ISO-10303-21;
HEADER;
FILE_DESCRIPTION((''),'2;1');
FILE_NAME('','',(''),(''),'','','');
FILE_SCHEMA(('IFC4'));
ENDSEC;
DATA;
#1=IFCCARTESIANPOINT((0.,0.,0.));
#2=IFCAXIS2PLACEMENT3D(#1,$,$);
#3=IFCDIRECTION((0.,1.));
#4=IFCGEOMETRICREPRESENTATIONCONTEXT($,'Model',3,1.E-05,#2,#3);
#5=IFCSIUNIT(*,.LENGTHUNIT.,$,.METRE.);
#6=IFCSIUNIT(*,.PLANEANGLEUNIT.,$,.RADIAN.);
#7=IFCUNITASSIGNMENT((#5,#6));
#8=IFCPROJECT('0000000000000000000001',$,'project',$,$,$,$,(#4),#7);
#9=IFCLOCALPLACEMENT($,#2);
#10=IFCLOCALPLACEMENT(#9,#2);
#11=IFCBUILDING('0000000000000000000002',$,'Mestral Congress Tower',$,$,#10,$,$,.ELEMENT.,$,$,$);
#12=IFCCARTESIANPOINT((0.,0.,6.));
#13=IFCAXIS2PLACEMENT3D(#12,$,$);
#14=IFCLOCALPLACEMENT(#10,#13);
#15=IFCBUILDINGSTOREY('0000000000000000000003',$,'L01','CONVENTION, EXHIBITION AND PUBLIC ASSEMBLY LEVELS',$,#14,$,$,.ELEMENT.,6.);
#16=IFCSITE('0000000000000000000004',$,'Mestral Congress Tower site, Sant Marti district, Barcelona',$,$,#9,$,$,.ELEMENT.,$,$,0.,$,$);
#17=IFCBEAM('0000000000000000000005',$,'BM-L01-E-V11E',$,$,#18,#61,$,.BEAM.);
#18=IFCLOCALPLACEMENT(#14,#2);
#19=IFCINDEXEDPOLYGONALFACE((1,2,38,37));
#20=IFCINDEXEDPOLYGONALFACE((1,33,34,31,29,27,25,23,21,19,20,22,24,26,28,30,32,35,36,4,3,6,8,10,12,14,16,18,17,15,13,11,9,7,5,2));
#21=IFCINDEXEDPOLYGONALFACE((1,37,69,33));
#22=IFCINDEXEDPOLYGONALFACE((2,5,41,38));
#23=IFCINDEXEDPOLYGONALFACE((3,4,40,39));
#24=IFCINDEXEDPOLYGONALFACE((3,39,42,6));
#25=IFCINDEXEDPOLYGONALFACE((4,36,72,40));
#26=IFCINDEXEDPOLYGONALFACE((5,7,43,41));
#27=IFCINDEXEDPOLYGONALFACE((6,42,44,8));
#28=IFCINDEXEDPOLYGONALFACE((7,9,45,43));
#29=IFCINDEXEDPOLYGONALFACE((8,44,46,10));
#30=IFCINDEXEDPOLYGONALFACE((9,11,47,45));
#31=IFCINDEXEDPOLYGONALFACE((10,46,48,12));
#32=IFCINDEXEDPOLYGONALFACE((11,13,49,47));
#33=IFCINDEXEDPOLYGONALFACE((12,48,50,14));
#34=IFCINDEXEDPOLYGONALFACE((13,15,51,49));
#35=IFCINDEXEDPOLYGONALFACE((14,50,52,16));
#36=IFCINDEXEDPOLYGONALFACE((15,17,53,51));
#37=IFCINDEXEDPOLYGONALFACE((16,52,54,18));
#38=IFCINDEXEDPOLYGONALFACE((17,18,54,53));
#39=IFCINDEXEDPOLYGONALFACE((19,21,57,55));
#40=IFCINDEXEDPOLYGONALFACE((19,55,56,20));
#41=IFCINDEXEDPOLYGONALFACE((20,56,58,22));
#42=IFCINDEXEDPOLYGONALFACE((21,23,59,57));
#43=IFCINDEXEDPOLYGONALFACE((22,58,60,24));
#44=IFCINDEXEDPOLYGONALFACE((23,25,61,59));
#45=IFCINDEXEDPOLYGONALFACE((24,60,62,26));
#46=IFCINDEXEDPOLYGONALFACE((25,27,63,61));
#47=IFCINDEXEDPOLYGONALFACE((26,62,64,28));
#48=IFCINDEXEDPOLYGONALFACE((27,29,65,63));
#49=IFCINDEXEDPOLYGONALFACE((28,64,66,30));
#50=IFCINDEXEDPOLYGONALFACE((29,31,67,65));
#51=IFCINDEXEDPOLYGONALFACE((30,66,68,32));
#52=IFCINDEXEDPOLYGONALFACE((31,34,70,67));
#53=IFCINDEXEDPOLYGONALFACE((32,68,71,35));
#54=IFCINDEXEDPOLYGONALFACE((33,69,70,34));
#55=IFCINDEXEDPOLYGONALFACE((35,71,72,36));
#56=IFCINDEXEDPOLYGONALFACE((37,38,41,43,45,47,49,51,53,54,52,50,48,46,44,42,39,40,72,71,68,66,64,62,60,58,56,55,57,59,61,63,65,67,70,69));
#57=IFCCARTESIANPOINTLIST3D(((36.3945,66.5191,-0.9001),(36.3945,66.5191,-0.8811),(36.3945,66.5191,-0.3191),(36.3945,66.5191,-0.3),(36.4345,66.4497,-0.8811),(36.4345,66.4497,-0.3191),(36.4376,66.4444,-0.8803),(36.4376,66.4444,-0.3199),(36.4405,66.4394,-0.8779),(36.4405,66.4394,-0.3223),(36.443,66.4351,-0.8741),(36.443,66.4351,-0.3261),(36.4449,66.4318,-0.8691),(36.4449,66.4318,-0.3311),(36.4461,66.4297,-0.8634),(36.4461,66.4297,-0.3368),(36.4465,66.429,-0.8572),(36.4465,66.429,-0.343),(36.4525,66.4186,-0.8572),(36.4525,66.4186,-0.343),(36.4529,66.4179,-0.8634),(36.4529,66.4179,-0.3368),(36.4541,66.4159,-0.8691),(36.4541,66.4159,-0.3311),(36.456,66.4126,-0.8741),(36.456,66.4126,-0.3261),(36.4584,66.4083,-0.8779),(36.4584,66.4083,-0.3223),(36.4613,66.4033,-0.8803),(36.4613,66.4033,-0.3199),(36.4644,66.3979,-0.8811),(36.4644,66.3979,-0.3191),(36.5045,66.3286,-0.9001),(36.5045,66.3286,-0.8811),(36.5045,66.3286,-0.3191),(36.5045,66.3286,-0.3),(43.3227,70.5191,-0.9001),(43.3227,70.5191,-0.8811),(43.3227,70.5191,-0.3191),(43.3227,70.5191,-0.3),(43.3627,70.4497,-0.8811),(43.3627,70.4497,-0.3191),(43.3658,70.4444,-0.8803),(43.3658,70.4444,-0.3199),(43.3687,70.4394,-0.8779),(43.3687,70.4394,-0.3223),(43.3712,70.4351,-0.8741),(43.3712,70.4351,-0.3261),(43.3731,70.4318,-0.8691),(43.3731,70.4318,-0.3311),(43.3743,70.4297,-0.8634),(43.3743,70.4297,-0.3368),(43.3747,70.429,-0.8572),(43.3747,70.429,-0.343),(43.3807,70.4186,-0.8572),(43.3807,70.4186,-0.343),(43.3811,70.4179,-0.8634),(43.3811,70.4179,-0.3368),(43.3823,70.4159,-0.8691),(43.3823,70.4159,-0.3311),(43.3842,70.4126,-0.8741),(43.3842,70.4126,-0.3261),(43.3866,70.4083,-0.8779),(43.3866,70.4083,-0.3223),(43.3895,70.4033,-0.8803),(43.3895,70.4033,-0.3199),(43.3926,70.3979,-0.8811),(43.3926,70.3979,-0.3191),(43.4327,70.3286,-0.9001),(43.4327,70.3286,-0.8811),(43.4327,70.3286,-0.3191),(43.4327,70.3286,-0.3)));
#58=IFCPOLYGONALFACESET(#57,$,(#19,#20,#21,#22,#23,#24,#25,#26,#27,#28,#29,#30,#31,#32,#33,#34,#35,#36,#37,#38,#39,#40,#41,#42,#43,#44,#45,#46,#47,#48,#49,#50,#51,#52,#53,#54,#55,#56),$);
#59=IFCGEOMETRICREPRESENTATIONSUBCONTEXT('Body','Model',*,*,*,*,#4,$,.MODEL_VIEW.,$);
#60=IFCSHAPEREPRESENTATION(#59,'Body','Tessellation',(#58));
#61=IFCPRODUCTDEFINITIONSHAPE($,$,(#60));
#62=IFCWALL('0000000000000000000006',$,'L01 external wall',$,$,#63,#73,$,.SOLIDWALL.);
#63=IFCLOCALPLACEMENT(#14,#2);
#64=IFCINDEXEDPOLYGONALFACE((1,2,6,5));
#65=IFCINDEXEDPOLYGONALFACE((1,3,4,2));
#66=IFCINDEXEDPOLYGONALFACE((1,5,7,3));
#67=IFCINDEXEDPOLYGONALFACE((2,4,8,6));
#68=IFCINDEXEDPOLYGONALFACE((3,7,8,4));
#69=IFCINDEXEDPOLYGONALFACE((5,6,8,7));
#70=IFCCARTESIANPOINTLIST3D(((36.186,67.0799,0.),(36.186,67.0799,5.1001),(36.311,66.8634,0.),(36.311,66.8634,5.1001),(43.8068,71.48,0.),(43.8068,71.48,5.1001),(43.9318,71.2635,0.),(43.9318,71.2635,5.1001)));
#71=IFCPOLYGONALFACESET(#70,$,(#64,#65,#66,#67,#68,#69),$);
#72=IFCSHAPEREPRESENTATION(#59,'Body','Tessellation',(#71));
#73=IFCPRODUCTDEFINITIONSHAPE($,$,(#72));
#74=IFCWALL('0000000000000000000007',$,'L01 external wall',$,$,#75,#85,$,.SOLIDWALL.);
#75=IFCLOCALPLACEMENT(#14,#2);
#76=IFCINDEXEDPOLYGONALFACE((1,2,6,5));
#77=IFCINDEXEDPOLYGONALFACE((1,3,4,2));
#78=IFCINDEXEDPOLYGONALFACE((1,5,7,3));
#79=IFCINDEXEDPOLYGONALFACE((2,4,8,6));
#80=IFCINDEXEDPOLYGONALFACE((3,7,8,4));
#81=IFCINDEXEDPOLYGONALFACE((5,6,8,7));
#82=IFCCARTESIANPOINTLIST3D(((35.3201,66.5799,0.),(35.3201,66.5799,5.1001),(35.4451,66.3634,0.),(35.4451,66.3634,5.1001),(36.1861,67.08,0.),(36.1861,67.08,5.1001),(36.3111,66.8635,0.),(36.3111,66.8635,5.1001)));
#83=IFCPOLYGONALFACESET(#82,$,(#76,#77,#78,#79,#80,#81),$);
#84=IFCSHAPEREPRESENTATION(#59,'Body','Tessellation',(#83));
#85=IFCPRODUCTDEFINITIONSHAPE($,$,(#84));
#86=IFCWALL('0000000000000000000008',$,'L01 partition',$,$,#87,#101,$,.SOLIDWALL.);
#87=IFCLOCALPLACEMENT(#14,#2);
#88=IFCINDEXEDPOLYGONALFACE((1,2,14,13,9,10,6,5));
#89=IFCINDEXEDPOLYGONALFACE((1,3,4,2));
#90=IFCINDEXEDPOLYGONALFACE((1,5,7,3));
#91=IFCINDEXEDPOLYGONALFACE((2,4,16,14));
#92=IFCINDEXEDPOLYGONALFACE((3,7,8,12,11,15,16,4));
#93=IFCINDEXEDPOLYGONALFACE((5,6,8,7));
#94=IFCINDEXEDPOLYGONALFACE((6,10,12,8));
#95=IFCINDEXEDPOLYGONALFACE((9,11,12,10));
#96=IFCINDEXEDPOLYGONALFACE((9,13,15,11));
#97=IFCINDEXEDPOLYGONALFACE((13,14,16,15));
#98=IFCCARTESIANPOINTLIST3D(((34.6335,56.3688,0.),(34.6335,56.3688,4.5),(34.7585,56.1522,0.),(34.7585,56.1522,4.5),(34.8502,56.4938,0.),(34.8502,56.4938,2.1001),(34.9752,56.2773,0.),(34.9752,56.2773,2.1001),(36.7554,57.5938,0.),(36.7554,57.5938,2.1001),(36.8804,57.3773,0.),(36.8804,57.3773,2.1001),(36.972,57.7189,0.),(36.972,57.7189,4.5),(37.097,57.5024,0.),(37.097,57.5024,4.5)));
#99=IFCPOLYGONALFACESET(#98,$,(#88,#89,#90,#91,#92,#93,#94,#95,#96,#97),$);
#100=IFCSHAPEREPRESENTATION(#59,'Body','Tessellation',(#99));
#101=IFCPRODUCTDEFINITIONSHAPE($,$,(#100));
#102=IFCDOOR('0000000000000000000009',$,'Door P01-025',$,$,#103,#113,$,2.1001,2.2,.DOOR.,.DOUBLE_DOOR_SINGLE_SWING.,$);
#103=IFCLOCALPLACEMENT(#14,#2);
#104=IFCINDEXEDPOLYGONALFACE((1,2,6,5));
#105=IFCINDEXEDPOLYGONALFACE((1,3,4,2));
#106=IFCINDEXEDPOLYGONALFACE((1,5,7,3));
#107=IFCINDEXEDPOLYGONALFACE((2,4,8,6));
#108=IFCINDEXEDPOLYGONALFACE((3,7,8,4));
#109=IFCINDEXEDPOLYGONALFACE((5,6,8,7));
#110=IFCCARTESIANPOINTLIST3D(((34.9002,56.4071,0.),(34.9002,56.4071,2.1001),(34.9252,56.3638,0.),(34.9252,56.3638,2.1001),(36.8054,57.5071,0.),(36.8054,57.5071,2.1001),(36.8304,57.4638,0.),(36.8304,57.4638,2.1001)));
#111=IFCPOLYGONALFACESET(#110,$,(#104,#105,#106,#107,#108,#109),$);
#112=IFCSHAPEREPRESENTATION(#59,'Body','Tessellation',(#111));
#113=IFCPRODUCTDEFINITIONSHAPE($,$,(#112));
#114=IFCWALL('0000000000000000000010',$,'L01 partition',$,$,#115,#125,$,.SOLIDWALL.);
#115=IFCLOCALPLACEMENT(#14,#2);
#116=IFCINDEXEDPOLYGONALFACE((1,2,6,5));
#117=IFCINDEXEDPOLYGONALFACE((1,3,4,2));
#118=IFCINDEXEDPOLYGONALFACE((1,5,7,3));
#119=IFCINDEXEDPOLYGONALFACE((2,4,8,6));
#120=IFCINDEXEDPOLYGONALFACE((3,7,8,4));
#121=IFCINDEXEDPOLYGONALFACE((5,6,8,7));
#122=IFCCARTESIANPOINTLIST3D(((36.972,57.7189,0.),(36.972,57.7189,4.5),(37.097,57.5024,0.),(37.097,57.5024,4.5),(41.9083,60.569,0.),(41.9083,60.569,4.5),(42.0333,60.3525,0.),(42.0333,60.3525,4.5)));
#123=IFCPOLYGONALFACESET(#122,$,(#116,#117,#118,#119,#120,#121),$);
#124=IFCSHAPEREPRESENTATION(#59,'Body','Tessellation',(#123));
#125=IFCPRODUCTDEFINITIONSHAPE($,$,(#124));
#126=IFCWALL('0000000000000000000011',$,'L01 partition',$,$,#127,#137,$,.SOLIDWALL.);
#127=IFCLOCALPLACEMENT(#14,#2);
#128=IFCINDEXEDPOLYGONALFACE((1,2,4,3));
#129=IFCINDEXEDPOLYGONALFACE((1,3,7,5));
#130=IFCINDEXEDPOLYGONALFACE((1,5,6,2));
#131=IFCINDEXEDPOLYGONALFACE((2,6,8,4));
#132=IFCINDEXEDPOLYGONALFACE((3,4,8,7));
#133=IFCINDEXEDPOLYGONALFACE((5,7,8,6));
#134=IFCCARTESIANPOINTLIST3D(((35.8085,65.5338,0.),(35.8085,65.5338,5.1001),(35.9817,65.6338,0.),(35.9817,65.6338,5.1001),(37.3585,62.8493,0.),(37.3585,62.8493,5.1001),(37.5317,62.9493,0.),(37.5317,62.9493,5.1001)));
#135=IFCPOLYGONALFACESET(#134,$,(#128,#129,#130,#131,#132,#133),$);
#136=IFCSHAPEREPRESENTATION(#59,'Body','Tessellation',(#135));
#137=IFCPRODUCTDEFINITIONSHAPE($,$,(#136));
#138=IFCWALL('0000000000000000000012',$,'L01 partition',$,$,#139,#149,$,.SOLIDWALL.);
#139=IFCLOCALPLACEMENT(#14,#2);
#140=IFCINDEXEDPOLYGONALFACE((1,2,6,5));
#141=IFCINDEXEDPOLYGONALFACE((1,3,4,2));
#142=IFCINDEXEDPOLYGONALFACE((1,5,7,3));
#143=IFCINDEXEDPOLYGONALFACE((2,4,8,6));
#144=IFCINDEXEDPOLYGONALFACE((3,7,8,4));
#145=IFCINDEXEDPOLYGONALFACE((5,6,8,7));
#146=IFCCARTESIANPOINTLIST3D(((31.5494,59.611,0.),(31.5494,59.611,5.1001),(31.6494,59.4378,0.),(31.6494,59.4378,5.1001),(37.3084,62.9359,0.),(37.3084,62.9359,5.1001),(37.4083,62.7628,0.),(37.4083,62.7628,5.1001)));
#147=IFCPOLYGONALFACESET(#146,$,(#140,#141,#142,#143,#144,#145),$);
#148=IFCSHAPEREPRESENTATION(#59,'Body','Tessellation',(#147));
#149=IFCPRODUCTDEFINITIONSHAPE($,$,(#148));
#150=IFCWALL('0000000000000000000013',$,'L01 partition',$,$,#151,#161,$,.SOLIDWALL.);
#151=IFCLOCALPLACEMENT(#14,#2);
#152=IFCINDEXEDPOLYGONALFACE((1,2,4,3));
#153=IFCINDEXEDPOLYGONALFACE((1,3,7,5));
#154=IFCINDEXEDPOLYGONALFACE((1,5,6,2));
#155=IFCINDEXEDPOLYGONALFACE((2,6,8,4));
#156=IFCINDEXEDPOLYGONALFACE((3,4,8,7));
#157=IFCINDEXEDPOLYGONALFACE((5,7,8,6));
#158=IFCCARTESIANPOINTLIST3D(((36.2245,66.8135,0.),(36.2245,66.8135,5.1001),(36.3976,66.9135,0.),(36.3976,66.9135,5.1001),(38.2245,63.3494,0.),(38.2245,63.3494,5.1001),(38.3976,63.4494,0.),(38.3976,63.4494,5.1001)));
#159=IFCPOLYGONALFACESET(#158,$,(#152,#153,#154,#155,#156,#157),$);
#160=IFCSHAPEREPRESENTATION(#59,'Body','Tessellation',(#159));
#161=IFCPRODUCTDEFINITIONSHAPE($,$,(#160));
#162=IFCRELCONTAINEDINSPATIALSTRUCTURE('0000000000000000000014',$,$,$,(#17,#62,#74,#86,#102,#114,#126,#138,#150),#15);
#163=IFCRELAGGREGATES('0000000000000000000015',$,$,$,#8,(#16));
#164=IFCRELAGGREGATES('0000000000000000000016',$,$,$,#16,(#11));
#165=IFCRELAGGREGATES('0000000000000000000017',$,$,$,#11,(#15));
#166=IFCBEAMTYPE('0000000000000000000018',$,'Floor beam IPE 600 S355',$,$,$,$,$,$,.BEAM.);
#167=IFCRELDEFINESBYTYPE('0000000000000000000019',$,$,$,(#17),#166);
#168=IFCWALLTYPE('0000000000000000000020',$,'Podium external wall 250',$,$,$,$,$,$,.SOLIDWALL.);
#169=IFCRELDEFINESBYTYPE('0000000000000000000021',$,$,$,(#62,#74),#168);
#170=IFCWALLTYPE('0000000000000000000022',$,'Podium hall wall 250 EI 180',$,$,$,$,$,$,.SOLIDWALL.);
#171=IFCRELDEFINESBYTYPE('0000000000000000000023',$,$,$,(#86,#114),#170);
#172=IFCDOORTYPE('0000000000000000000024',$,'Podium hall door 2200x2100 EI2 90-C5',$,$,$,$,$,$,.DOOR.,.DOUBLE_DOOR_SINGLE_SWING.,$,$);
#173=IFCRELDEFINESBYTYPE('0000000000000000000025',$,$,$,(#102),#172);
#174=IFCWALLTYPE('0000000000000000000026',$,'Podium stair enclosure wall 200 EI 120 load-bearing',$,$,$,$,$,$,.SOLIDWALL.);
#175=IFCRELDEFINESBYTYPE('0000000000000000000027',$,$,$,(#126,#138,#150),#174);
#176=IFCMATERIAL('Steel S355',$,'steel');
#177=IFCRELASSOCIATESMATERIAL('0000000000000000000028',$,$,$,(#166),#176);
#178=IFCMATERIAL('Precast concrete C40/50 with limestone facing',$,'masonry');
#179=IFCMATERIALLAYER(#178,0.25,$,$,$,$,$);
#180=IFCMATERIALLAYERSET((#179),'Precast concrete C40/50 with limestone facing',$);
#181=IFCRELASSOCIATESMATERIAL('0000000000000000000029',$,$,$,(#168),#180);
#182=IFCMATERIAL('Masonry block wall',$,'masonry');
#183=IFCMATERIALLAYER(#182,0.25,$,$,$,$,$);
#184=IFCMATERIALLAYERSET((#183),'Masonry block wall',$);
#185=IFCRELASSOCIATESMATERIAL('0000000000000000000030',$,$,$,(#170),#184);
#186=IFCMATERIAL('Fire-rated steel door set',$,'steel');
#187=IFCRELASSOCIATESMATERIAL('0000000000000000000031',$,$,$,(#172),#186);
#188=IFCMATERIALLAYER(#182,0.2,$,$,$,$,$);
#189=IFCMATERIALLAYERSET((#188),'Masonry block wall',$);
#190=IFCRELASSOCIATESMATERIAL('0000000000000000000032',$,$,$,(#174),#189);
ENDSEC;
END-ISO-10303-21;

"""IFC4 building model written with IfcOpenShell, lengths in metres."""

from ifc_helpers import new_model, si_unit, direction, frame, frame_2d, origin, origin_2d, place, context, subcontext, project, spatial, rectangle, i_section, extrude, material, layer, layer_set, material_profile, profile_set, type_object, element, fill, save


model = new_model("IFC4")

# Units and contexts
model_context = context("Model", 3, precision=1e-05, world=origin(), true_north=direction((0.0, 1.0)))
body_context = subcontext(model_context, "Body", "Model", "MODEL_VIEW")
ifc_project = project(units=[si_unit("LENGTHUNIT", "METRE"), si_unit("PLANEANGLEUNIT", "RADIAN")], contexts=[model_context])

# Site, building, storey
site_placement = place(None, origin())
site = spatial("IfcSite", under=ifc_project, at=site_placement, Name="Mestral Congress Tower site, Sant Marti district, Barcelona", CompositionType="ELEMENT", RefElevation=0.0)
building_placement = place(site_placement, origin())
building = spatial("IfcBuilding", under=site, at=building_placement, Name="Mestral Congress Tower", CompositionType="ELEMENT")
storey_placement = place(building_placement, frame((0.0, 0.0, 6.0)))
storey = spatial("IfcBuildingStorey", under=building, at=storey_placement, Name="L01", Description="CONVENTION, EXHIBITION AND PUBLIC ASSEMBLY LEVELS", CompositionType="ELEMENT", Elevation=6.0)

# Beam
ifc_material_1 = material(Name="Steel S355", Category="steel")
ifc_material_profile_1 = material_profile(ifc_material_1, i_section(OverallWidth=0.22, OverallDepth=0.6001, WebThickness=0.012, FlangeThickness=0.019, FilletRadius=0.0239, at=origin_2d()), Name="IPE 600")
ifc_profile_set_1 = profile_set([ifc_material_profile_1], Name="Steel S355")
beam_type_1 = type_object("IfcBeamType", Name="Floor beam IPE 600 S355", PredefinedType="BEAM", material=ifc_profile_set_1)
beam_1_placement = place(storey_placement, frame((36.4495, 66.4238, -0.6001), z_axis=(0.866026, 0.499999, 0.0), x_axis=(-0.499999, 0.866026, 0.0)))
element("IfcBeam", 1, at=beam_1_placement, inside=storey, type_object=beam_type_1, Name="BM-L01-E-V11E", PredefinedType="BEAM", context=body_context, shape_type="SweptSolid", body=[
    extrude(i_section(OverallWidth=0.22, OverallDepth=0.6001, WebThickness=0.012, FlangeThickness=0.019, FilletRadius=0.0239, at=origin_2d()), origin(), (0.0, 0.0, 1.0), 8.0),
])

# Walls
ifc_material_2 = material(Name="Precast concrete C40/50 with limestone facing", Category="masonry")
ifc_layer_1 = layer(ifc_material_2, 0.25)
ifc_layer_set_1 = layer_set([ifc_layer_1], Name="Precast concrete C40/50 with limestone facing")
wall_type_1 = type_object("IfcWallType", Name="Podium external wall 250", PredefinedType="SOLIDWALL", material=ifc_layer_set_1)
wall_1_placement = place(storey_placement, frame((36.2485, 66.9717, 0.0), z_axis=(0.0, 0.0, 1.0), x_axis=(0.866013, 0.500021, 0.0)))
element("IfcWall", 2, at=wall_1_placement, inside=storey, type_object=wall_type_1, Name="L01 external wall", PredefinedType="SOLIDWALL", context=body_context, shape_type="SweptSolid", body=[
    extrude(rectangle(XDim=8.7998, YDim=0.25, at=frame_2d((4.3999, 0.0))), origin(), (0.0, 0.0, 1.0), 5.1001),
])
wall_2_placement = place(storey_placement, frame((35.3826, 66.4717, 0.0), z_axis=(0.0, 0.0, 1.0), x_axis=(0.866011, 0.500025, 0.0)))
element("IfcWall", 3, at=wall_2_placement, inside=storey, type_object=wall_type_1, Name="L01 external wall", PredefinedType="SOLIDWALL", context=body_context, shape_type="SweptSolid", body=[
    extrude(rectangle(XDim=1.0, YDim=0.25, at=frame_2d((0.5, 0.0))), origin(), (0.0, 0.0, 1.0), 5.1001),
])

# Wall, opening, door
ifc_material_3 = material(Name="Masonry block wall", Category="masonry")
ifc_layer_2 = layer(ifc_material_3, 0.25)
ifc_layer_set_2 = layer_set([ifc_layer_2], Name="Masonry block wall")
wall_type_2 = type_object("IfcWallType", Name="Podium hall wall 250 EI 180", PredefinedType="SOLIDWALL", material=ifc_layer_set_2)
wall_3_placement = place(storey_placement, frame((34.696, 56.2605, 0.0), z_axis=(0.0, 0.0, 1.0), x_axis=(0.86602, 0.500009, 0.0)))
wall_3 = element("IfcWall", 4, at=wall_3_placement, inside=storey, type_object=wall_type_2, Name="L01 partition", PredefinedType="SOLIDWALL", context=body_context, shape_type="SweptSolid", body=[
    extrude(rectangle(XDim=2.7002, YDim=0.25, at=frame_2d((1.3501, 0.0))), origin(), (0.0, 0.0, 1.0), 4.5),
])
opening_1_placement = place(wall_3_placement, frame((0.25, 0.0, 0.0)))
opening_1 = element("IfcOpeningElement", 5, at=opening_1_placement, cuts=wall_3, PredefinedType="OPENING", context=body_context, shape_type="SweptSolid", body=[
    extrude(rectangle(XDim=2.2, YDim=2.1001, at=frame_2d((1.1001, 1.05))), frame((0.0, 0.135, 0.0), z_axis=(0.0, -1.0, 0.0), x_axis=(1.0, 0.0, 0.0)), (0.0, 0.0, 1.0), 0.27),
])
ifc_material_4 = material(Name="Fire-rated steel door set", Category="steel")
door_type_1 = type_object("IfcDoorType", Name="Podium hall door 2200x2100 EI2 90-C5", OperationType="DOUBLE_DOOR_SINGLE_SWING", PredefinedType="DOOR", material=ifc_material_4)
door_1_placement = place(opening_1_placement, origin())
door_1 = element("IfcDoor", 6, at=door_1_placement, inside=storey, type_object=door_type_1, Name="Door P01-025", OperationType="DOUBLE_DOOR_SINGLE_SWING", OverallHeight=2.1001, OverallWidth=2.2, PredefinedType="DOOR", context=body_context, shape_type="SweptSolid", body=[
    extrude(rectangle(XDim=2.2, YDim=2.1001, at=frame_2d((1.1001, 1.05))), frame((0.0, 0.0249, 0.0), z_axis=(0.0, -1.0, 0.0), x_axis=(1.0, 0.0, 0.0)), (0.0, 0.0, 1.0), 0.05),
])
fill(opening_1, door_1)

# Walls
wall_4_placement = place(storey_placement, frame((37.0344, 57.6106, 0.0), z_axis=(0.0, 0.0, 1.0), x_axis=(0.866015, 0.500018, 0.0)))
element("IfcWall", 7, at=wall_4_placement, inside=storey, type_object=wall_type_2, Name="L01 partition", PredefinedType="SOLIDWALL", context=body_context, shape_type="SweptSolid", body=[
    extrude(rectangle(XDim=5.7, YDim=0.25, at=frame_2d((2.8501, 0.0))), origin(), (0.0, 0.0, 1.0), 4.5),
])
ifc_layer_3 = layer(ifc_material_3, 0.2)
ifc_layer_set_3 = layer_set([ifc_layer_3], Name="Masonry block wall")
wall_type_3 = type_object("IfcWallType", Name="Podium stair enclosure wall 200 EI 120 load-bearing", PredefinedType="SOLIDWALL", material=ifc_layer_set_3)
wall_5_placement = place(storey_placement, frame((37.4451, 62.8994, 0.0), z_axis=(0.0, 0.0, 1.0), x_axis=(-0.500027, 0.86601, 0.0)))
element("IfcWall", 8, at=wall_5_placement, inside=storey, type_object=wall_type_3, Name="L01 partition", PredefinedType="SOLIDWALL", context=body_context, shape_type="SweptSolid", body=[
    extrude(rectangle(XDim=3.0999, YDim=0.2, at=frame_2d((1.5498, 0.0))), origin(), (0.0, 0.0, 1.0), 5.1001),
])
wall_6_placement = place(storey_placement, frame((31.5994, 59.5244, 0.0), z_axis=(0.0, 0.0, 1.0), x_axis=(0.866027, 0.499997, 0.0)))
element("IfcWall", 9, at=wall_6_placement, inside=storey, type_object=wall_type_3, Name="L01 partition", PredefinedType="SOLIDWALL", context=body_context, shape_type="SweptSolid", body=[
    extrude(rectangle(XDim=6.6499, YDim=0.2, at=frame_2d((3.325, 0.0))), origin(), (0.0, 0.0, 1.0), 5.1001),
])
wall_7_placement = place(storey_placement, frame((38.311, 63.3994, 0.0), z_axis=(0.0, 0.0, 1.0), x_axis=(-0.499999, 0.866026, 0.0)))
element("IfcWall", 10, at=wall_7_placement, inside=storey, type_object=wall_type_3, Name="L01 partition", PredefinedType="SOLIDWALL", context=body_context, shape_type="SweptSolid", body=[
    extrude(rectangle(XDim=4.0, YDim=0.2, at=frame_2d((2.0, 0.0))), origin(), (0.0, 0.0, 1.0), 5.1001),
])

save(model, "model.ifc")
